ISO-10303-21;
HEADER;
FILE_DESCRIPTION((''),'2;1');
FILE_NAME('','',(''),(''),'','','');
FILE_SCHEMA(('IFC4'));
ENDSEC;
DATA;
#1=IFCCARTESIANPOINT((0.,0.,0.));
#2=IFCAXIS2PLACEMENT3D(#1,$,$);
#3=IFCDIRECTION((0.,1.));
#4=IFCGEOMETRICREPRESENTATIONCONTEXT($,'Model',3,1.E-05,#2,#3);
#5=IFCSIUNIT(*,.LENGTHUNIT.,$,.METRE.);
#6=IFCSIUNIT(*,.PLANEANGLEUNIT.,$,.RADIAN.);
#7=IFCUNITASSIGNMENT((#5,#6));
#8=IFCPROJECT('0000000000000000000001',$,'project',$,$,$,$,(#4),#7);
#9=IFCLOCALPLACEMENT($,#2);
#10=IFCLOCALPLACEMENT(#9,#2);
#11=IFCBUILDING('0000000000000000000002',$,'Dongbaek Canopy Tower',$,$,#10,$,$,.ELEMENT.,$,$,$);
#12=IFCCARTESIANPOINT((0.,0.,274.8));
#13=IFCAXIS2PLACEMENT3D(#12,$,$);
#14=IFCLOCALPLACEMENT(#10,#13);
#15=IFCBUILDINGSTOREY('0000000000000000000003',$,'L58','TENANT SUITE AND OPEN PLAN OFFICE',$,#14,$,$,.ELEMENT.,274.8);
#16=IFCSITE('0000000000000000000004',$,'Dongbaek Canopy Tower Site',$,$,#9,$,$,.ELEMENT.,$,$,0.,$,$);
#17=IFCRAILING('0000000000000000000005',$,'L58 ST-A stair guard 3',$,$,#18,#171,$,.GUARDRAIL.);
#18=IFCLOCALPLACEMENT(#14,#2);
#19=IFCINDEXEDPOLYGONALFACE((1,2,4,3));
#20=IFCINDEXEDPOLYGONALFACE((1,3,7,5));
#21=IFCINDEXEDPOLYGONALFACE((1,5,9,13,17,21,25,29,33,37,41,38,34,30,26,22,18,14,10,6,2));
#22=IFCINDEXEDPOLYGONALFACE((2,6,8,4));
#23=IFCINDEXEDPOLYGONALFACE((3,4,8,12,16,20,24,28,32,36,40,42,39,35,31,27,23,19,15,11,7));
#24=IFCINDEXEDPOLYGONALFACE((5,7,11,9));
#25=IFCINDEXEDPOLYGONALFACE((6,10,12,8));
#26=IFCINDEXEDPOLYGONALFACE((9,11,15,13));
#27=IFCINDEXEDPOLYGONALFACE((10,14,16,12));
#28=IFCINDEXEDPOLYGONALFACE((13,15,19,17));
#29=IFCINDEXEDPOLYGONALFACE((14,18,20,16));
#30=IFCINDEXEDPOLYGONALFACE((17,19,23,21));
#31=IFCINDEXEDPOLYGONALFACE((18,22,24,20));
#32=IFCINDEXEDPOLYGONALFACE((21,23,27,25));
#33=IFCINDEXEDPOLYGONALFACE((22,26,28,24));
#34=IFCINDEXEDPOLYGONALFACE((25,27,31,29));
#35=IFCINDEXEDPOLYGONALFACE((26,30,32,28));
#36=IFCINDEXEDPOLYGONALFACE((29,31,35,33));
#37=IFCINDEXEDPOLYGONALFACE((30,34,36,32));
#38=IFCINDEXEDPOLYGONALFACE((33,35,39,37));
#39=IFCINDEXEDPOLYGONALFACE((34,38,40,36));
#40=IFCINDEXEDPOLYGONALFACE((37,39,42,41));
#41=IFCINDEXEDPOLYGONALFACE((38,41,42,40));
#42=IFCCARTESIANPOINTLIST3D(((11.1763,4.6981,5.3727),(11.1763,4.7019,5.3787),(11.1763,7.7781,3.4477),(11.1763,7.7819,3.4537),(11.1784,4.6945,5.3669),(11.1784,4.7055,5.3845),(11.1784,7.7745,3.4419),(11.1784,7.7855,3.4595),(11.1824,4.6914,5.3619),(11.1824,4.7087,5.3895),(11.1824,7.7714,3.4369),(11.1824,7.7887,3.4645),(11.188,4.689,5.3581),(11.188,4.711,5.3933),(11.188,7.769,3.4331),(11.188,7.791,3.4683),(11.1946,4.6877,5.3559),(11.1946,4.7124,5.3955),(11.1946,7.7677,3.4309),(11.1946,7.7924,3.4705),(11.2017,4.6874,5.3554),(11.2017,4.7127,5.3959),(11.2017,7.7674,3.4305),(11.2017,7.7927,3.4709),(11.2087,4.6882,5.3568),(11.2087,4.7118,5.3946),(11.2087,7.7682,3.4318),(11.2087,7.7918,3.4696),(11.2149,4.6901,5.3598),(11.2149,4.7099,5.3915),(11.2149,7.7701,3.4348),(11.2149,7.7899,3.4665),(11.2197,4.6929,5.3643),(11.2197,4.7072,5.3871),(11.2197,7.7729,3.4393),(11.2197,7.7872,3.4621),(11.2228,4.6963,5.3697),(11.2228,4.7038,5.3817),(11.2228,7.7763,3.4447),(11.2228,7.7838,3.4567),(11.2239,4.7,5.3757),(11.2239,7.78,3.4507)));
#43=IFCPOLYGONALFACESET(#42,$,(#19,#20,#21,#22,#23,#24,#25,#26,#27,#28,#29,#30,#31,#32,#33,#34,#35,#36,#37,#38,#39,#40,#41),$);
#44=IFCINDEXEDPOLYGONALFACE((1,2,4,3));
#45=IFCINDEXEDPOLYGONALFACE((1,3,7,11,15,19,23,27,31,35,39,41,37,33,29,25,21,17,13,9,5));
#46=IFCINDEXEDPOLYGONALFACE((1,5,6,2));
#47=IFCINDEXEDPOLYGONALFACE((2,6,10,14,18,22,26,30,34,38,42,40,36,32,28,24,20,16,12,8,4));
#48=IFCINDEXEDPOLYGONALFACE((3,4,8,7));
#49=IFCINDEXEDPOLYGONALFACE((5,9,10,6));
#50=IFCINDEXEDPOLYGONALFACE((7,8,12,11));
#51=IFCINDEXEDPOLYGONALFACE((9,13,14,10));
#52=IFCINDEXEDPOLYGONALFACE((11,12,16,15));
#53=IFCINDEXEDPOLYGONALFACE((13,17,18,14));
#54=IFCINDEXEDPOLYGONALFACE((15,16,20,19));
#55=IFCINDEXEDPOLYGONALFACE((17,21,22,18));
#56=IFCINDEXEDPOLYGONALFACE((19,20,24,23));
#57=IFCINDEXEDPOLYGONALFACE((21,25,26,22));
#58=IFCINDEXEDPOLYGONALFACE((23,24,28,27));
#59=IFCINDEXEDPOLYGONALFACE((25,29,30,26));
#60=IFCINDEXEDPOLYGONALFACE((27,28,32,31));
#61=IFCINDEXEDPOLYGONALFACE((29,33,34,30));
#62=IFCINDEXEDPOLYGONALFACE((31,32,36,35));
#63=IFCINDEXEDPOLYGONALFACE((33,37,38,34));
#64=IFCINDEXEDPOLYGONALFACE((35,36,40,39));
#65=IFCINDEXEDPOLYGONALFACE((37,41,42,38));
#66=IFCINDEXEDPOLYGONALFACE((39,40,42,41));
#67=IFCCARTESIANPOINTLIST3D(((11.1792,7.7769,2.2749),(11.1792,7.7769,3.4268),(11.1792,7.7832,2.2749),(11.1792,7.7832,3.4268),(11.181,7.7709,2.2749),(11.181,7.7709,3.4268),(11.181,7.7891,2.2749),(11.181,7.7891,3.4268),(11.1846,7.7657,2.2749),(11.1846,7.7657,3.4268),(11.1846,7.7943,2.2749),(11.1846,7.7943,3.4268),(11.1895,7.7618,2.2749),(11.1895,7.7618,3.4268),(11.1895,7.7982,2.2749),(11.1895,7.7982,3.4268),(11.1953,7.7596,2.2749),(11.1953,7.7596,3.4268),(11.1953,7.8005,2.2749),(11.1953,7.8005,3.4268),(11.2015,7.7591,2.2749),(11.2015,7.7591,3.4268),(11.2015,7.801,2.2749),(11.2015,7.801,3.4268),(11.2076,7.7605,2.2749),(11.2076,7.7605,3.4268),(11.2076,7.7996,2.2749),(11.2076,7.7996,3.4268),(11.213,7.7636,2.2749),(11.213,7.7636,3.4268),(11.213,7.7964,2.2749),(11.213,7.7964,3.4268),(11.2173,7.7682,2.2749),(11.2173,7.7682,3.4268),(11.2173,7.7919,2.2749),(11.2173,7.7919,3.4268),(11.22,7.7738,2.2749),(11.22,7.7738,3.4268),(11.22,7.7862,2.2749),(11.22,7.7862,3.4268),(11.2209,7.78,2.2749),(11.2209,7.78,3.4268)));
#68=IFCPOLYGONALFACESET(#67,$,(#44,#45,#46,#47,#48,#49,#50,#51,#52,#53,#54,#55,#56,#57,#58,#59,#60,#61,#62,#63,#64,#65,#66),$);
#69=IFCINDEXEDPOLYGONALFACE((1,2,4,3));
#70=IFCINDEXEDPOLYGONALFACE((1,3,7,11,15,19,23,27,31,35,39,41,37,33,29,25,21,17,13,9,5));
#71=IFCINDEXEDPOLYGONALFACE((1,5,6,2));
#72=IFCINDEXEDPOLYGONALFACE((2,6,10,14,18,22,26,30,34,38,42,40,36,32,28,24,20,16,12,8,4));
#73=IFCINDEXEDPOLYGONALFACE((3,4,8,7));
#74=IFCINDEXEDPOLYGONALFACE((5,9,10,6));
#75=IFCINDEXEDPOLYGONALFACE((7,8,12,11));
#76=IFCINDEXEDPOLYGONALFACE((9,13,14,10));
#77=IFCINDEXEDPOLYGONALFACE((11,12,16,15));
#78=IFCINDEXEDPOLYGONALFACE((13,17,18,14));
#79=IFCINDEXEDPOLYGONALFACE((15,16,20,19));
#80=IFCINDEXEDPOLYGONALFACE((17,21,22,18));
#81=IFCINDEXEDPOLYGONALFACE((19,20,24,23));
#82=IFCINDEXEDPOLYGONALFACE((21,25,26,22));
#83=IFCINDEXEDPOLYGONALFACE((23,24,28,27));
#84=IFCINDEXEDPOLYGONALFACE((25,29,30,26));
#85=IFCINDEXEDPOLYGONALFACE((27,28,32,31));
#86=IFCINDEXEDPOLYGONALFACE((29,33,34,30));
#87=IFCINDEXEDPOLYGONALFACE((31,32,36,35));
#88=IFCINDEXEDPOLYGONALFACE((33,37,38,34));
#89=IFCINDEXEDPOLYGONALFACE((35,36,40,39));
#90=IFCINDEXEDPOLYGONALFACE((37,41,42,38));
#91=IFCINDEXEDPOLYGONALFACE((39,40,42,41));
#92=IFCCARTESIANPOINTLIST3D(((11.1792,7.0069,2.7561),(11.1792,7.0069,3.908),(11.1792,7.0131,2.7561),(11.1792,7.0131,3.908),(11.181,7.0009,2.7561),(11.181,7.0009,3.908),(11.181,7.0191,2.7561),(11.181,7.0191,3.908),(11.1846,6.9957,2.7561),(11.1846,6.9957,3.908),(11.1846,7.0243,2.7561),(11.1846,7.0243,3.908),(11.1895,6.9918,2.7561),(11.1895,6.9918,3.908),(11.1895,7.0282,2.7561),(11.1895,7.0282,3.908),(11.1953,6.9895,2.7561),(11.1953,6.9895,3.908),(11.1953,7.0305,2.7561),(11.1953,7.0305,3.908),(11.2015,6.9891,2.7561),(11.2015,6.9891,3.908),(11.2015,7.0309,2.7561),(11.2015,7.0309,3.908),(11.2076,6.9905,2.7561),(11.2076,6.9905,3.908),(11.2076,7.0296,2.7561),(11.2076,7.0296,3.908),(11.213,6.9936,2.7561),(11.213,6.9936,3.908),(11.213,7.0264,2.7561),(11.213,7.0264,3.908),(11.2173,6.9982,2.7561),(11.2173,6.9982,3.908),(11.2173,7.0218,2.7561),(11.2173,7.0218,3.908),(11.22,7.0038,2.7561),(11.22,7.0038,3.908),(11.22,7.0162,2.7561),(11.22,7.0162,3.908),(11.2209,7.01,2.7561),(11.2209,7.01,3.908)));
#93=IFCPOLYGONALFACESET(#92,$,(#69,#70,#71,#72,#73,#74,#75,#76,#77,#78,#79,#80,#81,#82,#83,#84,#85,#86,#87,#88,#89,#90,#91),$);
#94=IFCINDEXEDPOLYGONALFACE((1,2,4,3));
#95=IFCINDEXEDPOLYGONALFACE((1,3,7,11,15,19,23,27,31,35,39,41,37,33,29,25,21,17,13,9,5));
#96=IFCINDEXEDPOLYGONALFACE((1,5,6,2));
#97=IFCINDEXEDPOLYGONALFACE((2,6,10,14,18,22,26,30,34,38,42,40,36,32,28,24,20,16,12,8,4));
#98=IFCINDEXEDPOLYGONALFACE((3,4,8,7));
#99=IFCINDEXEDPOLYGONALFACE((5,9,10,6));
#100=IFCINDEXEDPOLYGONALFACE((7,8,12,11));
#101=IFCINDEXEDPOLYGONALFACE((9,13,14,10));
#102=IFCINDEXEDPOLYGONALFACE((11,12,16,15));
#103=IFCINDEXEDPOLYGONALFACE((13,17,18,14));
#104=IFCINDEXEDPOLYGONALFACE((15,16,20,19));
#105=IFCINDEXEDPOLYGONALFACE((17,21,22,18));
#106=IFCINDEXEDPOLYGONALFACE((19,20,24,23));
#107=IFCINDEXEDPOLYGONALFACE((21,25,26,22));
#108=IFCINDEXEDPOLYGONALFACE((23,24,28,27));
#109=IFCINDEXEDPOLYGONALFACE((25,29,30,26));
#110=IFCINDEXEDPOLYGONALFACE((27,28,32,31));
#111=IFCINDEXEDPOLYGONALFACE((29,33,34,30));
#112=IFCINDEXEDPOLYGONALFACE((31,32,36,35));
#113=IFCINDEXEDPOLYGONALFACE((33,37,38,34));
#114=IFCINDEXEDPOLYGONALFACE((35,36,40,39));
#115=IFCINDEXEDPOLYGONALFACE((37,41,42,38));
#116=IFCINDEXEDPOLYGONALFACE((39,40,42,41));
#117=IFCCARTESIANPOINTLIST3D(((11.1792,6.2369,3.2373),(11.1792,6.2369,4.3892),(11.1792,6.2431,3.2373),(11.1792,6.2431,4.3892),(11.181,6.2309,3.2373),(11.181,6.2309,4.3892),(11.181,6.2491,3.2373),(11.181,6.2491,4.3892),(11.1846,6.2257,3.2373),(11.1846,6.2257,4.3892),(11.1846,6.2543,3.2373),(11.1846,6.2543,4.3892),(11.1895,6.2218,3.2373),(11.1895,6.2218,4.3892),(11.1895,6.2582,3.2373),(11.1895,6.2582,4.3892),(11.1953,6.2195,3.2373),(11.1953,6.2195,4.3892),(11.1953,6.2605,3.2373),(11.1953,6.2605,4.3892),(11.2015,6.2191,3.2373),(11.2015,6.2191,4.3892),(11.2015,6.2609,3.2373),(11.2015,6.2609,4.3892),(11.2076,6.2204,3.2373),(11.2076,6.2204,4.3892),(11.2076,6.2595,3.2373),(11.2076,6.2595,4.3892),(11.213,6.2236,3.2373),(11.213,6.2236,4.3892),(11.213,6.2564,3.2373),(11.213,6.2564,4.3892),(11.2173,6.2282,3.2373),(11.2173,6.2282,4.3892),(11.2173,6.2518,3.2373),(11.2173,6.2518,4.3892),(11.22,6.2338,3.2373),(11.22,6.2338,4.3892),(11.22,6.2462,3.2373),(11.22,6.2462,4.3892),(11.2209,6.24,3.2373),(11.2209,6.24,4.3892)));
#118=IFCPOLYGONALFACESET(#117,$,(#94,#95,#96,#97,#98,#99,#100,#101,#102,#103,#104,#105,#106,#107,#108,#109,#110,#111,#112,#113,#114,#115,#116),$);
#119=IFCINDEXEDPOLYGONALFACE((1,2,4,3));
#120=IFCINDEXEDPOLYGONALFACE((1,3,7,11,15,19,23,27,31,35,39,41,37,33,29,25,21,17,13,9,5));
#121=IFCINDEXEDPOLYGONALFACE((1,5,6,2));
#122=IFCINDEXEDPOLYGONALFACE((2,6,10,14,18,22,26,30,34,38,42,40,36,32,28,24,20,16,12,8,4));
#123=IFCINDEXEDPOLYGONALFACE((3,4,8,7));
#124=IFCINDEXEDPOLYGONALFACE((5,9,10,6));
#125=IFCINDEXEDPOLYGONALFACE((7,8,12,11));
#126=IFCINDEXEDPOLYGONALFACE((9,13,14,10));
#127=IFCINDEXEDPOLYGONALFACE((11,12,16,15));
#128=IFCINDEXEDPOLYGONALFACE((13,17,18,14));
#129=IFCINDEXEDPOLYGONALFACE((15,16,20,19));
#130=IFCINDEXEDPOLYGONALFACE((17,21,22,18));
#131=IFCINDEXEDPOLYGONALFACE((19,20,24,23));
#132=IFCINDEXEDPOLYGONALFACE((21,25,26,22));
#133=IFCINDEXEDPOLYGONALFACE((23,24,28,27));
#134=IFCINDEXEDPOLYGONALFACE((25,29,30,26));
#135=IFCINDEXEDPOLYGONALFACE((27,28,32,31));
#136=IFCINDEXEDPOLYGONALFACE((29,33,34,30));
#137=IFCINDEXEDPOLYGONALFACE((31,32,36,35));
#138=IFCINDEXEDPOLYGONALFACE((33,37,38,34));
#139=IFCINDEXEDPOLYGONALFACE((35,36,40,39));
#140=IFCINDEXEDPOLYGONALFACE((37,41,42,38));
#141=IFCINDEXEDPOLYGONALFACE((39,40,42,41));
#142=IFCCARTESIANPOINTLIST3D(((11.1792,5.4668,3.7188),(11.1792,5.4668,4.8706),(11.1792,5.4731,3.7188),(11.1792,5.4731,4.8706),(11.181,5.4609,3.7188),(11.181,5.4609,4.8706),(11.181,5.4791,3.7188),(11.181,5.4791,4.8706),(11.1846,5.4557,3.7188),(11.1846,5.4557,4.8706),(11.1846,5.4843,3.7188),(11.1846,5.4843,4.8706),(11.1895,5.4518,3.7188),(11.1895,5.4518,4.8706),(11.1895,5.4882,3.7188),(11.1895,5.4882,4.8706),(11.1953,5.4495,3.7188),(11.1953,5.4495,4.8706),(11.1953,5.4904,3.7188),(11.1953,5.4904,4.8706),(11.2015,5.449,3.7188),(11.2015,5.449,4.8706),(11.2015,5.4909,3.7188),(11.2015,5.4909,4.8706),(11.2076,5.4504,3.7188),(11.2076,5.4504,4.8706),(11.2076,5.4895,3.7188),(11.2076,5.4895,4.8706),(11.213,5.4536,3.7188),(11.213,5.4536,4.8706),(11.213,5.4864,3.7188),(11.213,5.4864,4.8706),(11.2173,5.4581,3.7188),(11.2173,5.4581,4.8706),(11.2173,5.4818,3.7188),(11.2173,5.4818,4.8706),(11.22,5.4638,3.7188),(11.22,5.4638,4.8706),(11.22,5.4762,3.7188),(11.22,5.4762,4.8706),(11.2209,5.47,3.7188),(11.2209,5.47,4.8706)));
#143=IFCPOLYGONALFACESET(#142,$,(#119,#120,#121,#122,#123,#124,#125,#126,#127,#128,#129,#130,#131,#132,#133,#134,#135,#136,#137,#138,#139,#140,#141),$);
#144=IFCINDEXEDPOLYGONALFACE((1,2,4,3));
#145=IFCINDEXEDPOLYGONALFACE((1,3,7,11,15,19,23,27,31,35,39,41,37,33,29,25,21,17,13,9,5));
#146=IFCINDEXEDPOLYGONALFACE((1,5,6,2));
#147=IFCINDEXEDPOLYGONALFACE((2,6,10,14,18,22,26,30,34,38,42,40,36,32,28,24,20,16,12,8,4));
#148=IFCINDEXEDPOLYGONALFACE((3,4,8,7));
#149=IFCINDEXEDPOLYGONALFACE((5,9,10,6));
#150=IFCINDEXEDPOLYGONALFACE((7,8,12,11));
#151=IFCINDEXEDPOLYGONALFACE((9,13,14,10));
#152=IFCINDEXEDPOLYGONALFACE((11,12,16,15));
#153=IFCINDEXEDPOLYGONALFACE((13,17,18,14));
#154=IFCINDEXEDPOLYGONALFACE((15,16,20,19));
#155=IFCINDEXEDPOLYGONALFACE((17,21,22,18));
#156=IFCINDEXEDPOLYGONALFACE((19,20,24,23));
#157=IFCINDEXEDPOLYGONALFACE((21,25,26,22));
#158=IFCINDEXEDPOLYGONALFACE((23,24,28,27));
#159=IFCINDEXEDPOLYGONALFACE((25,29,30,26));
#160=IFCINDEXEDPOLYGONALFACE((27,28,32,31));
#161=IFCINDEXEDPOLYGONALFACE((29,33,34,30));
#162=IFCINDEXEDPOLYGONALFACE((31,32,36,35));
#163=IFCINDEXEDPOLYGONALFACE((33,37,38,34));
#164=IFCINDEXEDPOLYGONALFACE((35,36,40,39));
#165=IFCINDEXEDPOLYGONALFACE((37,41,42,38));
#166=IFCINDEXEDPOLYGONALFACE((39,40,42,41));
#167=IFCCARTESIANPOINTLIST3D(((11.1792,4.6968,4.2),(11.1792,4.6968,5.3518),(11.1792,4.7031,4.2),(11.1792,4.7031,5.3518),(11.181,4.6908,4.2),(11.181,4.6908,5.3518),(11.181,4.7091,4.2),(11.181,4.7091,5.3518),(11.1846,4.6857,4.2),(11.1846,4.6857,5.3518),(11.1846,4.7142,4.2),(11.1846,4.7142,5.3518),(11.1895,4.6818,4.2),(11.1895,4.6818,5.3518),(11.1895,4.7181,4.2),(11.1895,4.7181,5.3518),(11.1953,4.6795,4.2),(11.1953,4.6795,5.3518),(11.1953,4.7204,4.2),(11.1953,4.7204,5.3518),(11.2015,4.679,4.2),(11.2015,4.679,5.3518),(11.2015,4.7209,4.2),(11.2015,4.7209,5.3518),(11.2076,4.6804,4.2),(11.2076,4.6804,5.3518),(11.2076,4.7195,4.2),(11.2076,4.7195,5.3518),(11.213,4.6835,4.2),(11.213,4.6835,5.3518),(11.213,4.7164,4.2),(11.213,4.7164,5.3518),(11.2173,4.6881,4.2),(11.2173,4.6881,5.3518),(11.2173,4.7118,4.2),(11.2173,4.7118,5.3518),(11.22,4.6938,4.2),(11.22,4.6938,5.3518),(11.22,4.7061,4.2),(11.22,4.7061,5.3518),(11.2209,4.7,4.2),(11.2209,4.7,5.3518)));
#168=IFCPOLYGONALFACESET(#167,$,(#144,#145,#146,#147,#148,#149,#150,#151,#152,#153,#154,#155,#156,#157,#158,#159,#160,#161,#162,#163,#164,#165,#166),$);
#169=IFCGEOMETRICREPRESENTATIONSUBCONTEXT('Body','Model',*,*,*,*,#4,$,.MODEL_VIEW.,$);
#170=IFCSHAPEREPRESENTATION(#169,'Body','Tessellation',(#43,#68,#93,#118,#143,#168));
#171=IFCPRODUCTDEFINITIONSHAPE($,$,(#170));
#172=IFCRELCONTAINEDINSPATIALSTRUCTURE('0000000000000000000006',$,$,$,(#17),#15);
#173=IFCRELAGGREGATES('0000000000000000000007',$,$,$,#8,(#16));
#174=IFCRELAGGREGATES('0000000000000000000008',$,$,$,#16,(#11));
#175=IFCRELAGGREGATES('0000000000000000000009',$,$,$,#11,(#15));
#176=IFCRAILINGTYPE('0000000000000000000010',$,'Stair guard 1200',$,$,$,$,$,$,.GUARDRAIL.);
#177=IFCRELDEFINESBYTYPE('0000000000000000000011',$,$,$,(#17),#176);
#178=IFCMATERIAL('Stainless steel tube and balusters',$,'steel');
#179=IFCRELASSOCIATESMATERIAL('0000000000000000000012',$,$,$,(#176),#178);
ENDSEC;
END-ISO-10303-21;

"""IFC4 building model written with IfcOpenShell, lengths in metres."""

from ifc_helpers import new_model, si_unit, direction, frame, origin, origin_2d, place, context, subcontext, project, spatial, circle, extrude, material, type_object, element, save


model = new_model("IFC4")

# Units and contexts
model_context = context("Model", 3, precision=1e-05, world=origin(), true_north=direction((0.0, 1.0)))
body_context = subcontext(model_context, "Body", "Model", "MODEL_VIEW")
ifc_project = project(units=[si_unit("LENGTHUNIT", "METRE"), si_unit("PLANEANGLEUNIT", "RADIAN")], contexts=[model_context])

# Site, building, storey
site_placement = place(None, origin())
site = spatial("IfcSite", under=ifc_project, at=site_placement, Name="Dongbaek Canopy Tower Site", CompositionType="ELEMENT", RefElevation=0.0)
building_placement = place(site_placement, origin())
building = spatial("IfcBuilding", under=site, at=building_placement, Name="Dongbaek Canopy Tower", CompositionType="ELEMENT")
storey_placement = place(building_placement, frame((0.0, 0.0, 274.8)))
storey = spatial("IfcBuildingStorey", under=building, at=storey_placement, Name="L58", Description="TENANT SUITE AND OPEN PLAN OFFICE", CompositionType="ELEMENT", Elevation=274.8)

# Railing
ifc_material_1 = material(Name="Stainless steel tube and balusters", Category="steel")
railing_type_1 = type_object("IfcRailingType", Name="Stair guard 1200", PredefinedType="GUARDRAIL", material=ifc_material_1)
railing_1_placement = place(storey_placement, frame((11.2, 7.78, 2.2749)))
element("IfcRailing", 1, at=railing_1_placement, inside=storey, type_object=railing_type_1, Name="L58 ST-A stair guard 3", PredefinedType="GUARDRAIL", context=body_context, shape_type="SweptSolid", body=[
    extrude(circle(Radius=0.0239, at=origin_2d()), frame((0.0, 0.0, 1.1758), z_axis=(0.0, -0.847998, 0.529999), x_axis=(1.0, 0.0, 0.0)), (0.0, 0.0, 1.0), 3.6321),
    extrude(circle(Radius=0.021, at=origin_2d()), origin(), (0.0, 0.0, 1.0), 1.1519),
    extrude(circle(Radius=0.021, at=origin_2d()), frame((0.0, -0.77, 0.4812)), (0.0, 0.0, 1.0), 1.1519),
    extrude(circle(Radius=0.021, at=origin_2d()), frame((0.0, -1.54, 0.9624)), (0.0, 0.0, 1.0), 1.1519),
    extrude(circle(Radius=0.021, at=origin_2d()), frame((0.0, -2.3101, 1.4438)), (0.0, 0.0, 1.0), 1.1519),
    extrude(circle(Radius=0.021, at=origin_2d()), frame((0.0, -3.0801, 1.925)), (0.0, 0.0, 1.0), 1.1519),
])

save(model, "model.ifc")
